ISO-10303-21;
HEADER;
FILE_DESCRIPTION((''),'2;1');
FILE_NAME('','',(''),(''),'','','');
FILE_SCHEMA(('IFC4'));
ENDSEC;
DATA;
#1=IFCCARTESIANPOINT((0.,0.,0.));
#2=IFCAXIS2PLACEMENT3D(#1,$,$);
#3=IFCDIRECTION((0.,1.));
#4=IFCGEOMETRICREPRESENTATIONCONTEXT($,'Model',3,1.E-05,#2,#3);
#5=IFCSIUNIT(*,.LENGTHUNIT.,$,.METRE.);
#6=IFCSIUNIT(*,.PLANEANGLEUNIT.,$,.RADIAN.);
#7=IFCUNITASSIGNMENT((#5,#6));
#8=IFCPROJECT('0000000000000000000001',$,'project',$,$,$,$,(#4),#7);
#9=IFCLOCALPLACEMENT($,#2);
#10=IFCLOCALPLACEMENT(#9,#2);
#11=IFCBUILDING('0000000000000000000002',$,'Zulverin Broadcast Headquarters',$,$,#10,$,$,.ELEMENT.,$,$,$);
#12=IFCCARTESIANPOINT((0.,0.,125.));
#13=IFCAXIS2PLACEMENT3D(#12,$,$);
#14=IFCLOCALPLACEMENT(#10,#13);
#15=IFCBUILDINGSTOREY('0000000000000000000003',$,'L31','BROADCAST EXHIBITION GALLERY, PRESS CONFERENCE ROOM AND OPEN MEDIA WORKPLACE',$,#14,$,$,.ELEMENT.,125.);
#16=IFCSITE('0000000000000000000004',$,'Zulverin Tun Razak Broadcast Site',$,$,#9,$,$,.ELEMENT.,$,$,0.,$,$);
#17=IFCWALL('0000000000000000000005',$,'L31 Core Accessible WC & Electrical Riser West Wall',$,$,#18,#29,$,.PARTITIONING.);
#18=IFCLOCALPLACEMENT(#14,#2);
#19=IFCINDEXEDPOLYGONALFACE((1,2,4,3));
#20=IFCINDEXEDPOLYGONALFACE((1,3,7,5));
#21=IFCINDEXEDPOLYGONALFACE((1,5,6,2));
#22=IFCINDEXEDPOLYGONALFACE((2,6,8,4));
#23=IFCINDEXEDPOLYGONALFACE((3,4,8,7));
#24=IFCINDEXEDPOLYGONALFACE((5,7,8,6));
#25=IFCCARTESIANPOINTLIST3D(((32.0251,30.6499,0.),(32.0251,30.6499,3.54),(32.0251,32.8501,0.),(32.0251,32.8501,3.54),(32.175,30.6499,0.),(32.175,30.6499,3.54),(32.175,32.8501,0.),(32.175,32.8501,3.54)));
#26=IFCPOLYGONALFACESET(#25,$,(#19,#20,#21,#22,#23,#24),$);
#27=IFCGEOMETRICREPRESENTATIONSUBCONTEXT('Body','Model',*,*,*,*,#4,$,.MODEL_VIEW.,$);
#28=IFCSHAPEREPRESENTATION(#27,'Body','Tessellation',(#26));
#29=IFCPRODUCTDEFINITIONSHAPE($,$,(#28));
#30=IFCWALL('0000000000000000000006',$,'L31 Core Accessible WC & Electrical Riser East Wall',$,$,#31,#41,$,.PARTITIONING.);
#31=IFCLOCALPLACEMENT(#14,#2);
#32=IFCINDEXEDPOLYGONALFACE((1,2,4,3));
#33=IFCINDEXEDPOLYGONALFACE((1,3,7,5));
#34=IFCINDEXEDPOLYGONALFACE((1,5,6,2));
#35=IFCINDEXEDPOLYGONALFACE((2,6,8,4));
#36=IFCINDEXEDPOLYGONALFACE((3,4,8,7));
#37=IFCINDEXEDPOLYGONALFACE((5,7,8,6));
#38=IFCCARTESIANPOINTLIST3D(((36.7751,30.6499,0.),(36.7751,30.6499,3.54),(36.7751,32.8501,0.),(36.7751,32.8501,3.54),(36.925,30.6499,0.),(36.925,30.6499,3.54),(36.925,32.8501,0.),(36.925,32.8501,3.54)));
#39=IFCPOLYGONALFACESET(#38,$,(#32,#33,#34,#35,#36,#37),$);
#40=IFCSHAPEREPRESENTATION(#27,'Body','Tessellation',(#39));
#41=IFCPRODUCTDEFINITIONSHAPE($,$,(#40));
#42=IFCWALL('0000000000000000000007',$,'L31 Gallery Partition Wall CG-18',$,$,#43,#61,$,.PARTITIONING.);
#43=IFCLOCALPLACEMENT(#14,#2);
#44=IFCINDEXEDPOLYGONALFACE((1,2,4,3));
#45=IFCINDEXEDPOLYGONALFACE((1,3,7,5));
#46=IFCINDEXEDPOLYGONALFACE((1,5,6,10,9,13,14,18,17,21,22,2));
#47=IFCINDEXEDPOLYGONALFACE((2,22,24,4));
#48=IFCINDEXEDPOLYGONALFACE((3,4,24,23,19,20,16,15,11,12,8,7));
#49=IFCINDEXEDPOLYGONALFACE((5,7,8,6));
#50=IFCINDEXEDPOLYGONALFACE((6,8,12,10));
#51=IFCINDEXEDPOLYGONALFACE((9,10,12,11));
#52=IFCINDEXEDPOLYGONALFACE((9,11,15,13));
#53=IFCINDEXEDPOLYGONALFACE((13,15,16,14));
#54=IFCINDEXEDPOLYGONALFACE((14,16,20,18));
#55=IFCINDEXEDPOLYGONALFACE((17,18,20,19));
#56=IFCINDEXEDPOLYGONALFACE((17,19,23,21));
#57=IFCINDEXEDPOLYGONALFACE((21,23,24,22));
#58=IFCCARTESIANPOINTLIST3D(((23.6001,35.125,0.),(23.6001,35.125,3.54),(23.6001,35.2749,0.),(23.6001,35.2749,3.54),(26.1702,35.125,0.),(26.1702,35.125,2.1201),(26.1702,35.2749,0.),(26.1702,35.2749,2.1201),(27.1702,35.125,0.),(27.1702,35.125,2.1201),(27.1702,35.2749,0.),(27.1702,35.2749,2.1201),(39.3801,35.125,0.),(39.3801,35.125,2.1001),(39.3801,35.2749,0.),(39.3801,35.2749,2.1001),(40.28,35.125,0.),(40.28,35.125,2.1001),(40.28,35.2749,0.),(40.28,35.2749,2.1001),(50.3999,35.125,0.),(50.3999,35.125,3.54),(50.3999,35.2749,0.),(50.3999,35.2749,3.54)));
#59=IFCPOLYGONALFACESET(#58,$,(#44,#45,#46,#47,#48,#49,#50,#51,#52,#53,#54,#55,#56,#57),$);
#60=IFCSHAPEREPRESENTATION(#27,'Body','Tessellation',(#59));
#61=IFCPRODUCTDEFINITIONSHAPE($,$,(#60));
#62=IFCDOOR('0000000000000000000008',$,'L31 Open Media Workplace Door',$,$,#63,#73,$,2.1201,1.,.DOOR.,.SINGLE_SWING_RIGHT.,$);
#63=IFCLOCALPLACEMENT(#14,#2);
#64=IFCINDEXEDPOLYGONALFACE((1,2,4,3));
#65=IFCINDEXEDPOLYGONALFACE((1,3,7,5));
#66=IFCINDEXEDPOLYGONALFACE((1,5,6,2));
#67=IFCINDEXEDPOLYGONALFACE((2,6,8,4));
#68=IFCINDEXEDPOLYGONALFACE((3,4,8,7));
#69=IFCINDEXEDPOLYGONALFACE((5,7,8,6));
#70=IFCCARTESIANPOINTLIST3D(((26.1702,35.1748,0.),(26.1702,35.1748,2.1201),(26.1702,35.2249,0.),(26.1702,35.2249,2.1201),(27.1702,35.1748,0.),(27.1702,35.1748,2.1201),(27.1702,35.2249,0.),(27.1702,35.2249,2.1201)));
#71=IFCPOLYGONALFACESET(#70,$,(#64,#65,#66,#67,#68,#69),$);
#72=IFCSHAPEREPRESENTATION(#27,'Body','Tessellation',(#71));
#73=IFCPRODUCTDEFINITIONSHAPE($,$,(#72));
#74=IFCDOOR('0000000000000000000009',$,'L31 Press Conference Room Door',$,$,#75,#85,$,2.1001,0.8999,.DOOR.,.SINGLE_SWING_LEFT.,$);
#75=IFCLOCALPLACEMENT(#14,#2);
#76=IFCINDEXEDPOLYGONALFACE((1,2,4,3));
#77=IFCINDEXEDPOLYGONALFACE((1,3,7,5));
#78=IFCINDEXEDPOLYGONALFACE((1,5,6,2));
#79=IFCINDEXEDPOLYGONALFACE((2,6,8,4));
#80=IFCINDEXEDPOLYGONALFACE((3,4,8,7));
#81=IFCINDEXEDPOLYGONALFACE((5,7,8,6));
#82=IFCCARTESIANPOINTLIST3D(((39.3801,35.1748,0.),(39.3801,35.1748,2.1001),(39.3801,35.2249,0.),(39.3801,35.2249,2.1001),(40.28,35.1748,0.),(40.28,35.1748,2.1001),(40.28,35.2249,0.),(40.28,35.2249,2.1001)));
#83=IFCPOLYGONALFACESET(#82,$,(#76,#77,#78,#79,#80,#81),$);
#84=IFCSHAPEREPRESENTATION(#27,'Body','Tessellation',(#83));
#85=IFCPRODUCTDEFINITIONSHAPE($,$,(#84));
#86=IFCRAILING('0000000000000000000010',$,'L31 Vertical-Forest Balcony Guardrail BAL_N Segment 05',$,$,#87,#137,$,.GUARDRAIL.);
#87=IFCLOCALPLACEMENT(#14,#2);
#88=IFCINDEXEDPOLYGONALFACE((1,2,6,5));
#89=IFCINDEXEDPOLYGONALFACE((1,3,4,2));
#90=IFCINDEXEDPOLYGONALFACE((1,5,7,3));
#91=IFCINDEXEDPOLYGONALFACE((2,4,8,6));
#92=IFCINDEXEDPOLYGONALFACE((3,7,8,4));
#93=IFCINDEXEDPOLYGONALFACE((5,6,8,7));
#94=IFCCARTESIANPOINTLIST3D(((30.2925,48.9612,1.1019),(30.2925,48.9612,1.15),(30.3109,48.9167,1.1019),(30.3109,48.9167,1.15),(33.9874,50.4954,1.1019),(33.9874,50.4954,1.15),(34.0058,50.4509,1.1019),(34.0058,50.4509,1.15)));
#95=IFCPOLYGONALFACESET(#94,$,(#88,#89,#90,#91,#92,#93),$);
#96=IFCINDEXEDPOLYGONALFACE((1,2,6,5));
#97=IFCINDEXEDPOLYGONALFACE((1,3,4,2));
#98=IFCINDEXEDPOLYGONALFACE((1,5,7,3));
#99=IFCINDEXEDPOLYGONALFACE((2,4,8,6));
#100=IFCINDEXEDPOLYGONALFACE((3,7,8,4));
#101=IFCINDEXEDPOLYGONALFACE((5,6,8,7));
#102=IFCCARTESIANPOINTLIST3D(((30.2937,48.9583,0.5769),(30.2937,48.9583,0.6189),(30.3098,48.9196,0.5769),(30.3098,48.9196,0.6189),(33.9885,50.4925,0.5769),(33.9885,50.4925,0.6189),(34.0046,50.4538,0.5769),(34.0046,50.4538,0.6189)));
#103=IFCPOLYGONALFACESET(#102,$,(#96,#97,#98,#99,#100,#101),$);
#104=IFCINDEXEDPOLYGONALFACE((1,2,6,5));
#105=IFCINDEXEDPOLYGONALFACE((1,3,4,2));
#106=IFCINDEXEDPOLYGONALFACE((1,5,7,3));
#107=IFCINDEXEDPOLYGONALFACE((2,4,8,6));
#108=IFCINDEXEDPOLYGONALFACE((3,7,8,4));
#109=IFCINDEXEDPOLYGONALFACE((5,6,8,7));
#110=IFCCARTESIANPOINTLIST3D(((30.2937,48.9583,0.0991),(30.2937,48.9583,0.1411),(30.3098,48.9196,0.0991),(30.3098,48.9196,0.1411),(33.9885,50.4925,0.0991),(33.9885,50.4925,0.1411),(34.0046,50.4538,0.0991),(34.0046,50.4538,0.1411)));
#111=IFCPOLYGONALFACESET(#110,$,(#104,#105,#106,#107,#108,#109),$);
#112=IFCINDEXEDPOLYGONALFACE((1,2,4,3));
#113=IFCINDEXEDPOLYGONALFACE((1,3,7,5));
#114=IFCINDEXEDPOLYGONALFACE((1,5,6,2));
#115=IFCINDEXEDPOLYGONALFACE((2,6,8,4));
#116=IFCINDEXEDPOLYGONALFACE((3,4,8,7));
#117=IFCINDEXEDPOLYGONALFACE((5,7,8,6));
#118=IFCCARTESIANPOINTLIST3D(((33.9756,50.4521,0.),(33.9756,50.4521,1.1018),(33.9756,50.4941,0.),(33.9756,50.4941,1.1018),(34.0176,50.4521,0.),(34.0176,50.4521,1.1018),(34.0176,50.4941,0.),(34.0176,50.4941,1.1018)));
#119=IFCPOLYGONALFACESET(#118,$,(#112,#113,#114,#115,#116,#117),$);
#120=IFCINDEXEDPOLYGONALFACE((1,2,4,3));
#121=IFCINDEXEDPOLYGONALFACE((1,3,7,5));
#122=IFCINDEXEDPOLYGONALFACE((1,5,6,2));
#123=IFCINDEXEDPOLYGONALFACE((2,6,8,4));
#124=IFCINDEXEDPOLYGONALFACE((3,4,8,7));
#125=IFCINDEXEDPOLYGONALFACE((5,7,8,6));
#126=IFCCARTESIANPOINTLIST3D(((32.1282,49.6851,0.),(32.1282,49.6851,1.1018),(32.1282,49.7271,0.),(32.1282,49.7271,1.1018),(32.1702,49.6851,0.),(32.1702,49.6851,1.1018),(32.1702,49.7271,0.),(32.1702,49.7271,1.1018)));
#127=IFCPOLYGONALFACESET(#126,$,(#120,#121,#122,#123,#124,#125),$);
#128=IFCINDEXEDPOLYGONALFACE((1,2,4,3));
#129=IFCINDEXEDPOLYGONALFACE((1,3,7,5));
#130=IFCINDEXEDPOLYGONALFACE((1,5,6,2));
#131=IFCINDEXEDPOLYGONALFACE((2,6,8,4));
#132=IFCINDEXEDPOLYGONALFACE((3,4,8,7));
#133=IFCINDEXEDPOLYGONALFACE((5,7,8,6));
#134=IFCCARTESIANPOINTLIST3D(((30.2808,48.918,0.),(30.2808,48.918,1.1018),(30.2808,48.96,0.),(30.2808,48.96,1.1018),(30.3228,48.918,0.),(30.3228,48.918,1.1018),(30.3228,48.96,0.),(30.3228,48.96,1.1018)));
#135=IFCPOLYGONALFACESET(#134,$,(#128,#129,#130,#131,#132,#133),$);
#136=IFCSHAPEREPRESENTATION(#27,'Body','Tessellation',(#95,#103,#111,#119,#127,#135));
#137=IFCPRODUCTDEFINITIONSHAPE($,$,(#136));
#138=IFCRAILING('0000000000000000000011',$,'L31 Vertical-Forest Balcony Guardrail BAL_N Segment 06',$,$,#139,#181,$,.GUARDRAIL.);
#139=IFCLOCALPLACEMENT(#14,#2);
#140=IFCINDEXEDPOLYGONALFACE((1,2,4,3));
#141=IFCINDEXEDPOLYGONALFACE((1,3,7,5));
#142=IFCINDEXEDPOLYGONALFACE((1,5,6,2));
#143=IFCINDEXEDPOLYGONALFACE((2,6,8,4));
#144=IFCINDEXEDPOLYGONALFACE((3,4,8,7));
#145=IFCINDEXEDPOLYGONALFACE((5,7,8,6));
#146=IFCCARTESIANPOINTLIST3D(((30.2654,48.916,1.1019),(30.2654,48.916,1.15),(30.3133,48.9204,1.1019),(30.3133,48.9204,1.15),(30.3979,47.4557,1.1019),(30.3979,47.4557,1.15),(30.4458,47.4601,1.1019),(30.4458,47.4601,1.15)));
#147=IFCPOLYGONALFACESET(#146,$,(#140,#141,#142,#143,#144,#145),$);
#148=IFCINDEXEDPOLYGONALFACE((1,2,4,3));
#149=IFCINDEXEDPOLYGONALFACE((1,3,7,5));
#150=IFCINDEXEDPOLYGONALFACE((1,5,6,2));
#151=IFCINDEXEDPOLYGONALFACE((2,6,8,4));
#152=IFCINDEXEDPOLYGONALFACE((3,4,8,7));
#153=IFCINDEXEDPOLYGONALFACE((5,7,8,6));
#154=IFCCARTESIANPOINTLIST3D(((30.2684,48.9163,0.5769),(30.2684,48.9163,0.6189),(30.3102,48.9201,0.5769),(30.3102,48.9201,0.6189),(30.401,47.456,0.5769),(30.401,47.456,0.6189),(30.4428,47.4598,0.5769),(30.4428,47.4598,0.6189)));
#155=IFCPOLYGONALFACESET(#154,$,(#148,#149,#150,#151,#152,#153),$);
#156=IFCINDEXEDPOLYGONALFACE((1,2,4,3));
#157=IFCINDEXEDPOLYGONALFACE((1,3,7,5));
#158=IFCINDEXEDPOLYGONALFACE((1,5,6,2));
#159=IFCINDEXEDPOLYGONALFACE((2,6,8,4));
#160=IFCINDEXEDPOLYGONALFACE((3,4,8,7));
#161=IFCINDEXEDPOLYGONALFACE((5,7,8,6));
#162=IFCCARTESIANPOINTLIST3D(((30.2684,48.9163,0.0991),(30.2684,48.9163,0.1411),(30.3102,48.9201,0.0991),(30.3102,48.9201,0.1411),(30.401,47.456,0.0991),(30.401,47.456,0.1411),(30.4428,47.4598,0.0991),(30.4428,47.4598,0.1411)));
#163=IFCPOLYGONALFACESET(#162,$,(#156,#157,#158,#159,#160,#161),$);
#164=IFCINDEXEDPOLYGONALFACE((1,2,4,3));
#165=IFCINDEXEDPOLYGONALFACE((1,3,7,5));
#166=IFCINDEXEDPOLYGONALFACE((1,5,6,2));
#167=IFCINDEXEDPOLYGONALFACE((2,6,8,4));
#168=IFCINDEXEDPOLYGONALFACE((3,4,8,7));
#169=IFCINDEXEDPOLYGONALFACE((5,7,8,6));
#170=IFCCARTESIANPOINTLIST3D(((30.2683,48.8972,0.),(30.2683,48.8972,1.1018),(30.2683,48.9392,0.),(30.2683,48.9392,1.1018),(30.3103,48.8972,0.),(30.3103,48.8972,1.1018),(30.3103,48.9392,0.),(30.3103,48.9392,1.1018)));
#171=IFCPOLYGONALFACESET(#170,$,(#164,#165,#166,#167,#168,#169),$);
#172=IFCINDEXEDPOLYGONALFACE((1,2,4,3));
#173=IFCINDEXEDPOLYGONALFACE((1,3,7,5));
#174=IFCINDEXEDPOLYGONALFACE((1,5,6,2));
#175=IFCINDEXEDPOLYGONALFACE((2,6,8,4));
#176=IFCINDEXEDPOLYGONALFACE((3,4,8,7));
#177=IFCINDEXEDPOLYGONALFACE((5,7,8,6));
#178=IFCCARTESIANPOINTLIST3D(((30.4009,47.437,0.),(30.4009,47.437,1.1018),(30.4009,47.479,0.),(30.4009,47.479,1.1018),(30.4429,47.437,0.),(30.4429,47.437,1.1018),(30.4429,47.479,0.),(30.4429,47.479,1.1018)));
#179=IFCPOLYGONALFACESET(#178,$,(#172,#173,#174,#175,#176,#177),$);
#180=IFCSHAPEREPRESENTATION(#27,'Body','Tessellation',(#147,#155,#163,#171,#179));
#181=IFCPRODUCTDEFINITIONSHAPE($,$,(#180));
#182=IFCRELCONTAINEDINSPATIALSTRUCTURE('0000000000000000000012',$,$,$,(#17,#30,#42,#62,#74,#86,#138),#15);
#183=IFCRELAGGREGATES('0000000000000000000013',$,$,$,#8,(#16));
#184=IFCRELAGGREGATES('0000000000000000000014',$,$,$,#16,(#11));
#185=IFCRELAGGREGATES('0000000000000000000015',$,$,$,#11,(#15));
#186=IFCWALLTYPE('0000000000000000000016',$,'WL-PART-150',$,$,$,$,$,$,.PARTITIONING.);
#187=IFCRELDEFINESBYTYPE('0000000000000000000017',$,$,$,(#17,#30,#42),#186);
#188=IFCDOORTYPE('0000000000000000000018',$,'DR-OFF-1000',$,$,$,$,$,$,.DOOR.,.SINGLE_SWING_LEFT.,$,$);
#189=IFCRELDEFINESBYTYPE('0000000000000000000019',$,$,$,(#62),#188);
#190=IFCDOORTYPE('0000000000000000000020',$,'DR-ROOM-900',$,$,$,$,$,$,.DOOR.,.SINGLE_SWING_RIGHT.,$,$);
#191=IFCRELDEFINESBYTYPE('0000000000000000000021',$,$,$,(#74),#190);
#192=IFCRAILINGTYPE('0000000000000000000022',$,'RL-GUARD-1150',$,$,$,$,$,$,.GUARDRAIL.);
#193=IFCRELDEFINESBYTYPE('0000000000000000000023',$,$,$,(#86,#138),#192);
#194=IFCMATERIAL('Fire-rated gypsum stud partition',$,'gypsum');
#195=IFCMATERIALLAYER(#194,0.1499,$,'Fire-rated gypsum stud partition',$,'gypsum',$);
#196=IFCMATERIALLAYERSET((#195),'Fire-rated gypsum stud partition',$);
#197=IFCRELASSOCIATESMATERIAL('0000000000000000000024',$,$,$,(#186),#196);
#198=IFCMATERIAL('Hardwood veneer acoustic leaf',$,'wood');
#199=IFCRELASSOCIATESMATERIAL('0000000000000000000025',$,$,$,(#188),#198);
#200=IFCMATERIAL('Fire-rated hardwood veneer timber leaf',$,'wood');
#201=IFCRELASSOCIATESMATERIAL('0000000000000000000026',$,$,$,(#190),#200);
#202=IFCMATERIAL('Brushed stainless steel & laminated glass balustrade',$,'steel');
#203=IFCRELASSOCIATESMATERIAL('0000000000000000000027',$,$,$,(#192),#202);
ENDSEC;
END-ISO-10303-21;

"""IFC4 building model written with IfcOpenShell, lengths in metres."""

from ifc_helpers import new_model, si_unit, direction, frame, frame_2d, origin, origin_2d, place, context, subcontext, project, spatial, rectangle, extrude, material, layer, layer_set, type_object, element, fill, save


model = new_model("IFC4")

# Units and contexts
model_context = context("Model", 3, precision=1e-05, world=origin(), true_north=direction((0.0, 1.0)))
body_context = subcontext(model_context, "Body", "Model", "MODEL_VIEW")
ifc_project = project(units=[si_unit("LENGTHUNIT", "METRE"), si_unit("PLANEANGLEUNIT", "RADIAN")], contexts=[model_context])

# Site, building, storey
site_placement = place(None, origin())
site = spatial("IfcSite", under=ifc_project, at=site_placement, Name="Zulverin Tun Razak Broadcast Site", CompositionType="ELEMENT", RefElevation=0.0)
building_placement = place(site_placement, origin())
building = spatial("IfcBuilding", under=site, at=building_placement, Name="Zulverin Broadcast Headquarters", CompositionType="ELEMENT")
storey_placement = place(building_placement, frame((0.0, 0.0, 125.0)))
storey = spatial("IfcBuildingStorey", under=building, at=storey_placement, Name="L31", Description="BROADCAST EXHIBITION GALLERY, PRESS CONFERENCE ROOM AND OPEN MEDIA WORKPLACE", CompositionType="ELEMENT", Elevation=125.0)

# Walls
ifc_material_1 = material(Name="Fire-rated gypsum stud partition", Category="gypsum")
ifc_layer_1 = layer(ifc_material_1, 0.1499, Name="Fire-rated gypsum stud partition", Category="gypsum")
ifc_layer_set_1 = layer_set([ifc_layer_1], Name="Fire-rated gypsum stud partition")
wall_type_1 = type_object("IfcWallType", Name="WL-PART-150", PredefinedType="PARTITIONING", material=ifc_layer_set_1)
for number, where, z_axis, x_axis, name in (
    (1, (32.1001, 30.6499, 0.0), (0.0, 0.0, 1.0), (0.0, 1.0, 0.0), "L31 Core Accessible WC & Electrical Riser West Wall"),
    (2, (36.8501, 30.6499, 0.0), (0.0, 0.0, 1.0), (0.0, 1.0, 0.0), "L31 Core Accessible WC & Electrical Riser East Wall"),
):
    element("IfcWall", number, at=place(storey_placement, frame(where, z_axis=z_axis, x_axis=x_axis)), inside=storey, type_object=wall_type_1, Name=name, PredefinedType="PARTITIONING", context=body_context, shape_type="SweptSolid", body=[
        extrude(rectangle(XDim=2.2002, YDim=0.1499, at=frame_2d((1.1001, 0.0))), origin(), (0.0, 0.0, 1.0), 3.54),
    ])

# Wall, openings, doors
wall_1_placement = place(storey_placement, frame((23.6001, 35.2, 0.0), z_axis=(0.0, 0.0, 1.0), x_axis=(1.0, 0.0, 0.0)))
wall_1 = element("IfcWall", 3, at=wall_1_placement, inside=storey, type_object=wall_type_1, Name="L31 Gallery Partition Wall CG-18", PredefinedType="PARTITIONING", context=body_context, shape_type="SweptSolid", body=[
    extrude(rectangle(XDim=26.7998, YDim=0.1499, at=frame_2d((13.3999, 0.0))), origin(), (0.0, 0.0, 1.0), 3.54),
])
opening_1_placement = place(wall_1_placement, frame((2.5701, 0.0, 0.0)))
opening_1 = element("IfcOpeningElement", 4, at=opening_1_placement, cuts=wall_1, PredefinedType="OPENING", context=body_context, shape_type="SweptSolid", body=[
    extrude(rectangle(XDim=1.0, YDim=2.1201, at=frame_2d((0.5, 1.0601))), frame((0.0, 0.085, 0.0), z_axis=(0.0, -1.0, 0.0), x_axis=(1.0, 0.0, 0.0)), (0.0, 0.0, 1.0), 0.1699),
])
opening_2_placement = place(wall_1_placement, frame((15.78, 0.0, 0.0)))
opening_2 = element("IfcOpeningElement", 5, at=opening_2_placement, cuts=wall_1, PredefinedType="OPENING", context=body_context, shape_type="SweptSolid", body=[
    extrude(rectangle(XDim=0.8999, YDim=2.1001, at=frame_2d((0.45, 1.05))), frame((0.0, 0.085, 0.0), z_axis=(0.0, -1.0, 0.0), x_axis=(1.0, 0.0, 0.0)), (0.0, 0.0, 1.0), 0.1699),
])
ifc_material_2 = material(Name="Hardwood veneer acoustic leaf", Category="wood")
door_type_1 = type_object("IfcDoorType", Name="DR-OFF-1000", OperationType="SINGLE_SWING_LEFT", PredefinedType="DOOR", material=ifc_material_2)
door_1_placement = place(opening_1_placement, origin())
door_1 = element("IfcDoor", 6, at=door_1_placement, inside=storey, type_object=door_type_1, Name="L31 Open Media Workplace Door", OperationType="SINGLE_SWING_RIGHT", OverallHeight=2.1201, OverallWidth=1.0, PredefinedType="DOOR", context=body_context, shape_type="SweptSolid", body=[
    extrude(rectangle(XDim=1.0, YDim=2.1201, at=frame_2d((0.5, 1.0601))), frame((0.0, 0.0249, 0.0), z_axis=(0.0, -1.0, 0.0), x_axis=(1.0, 0.0, 0.0)), (0.0, 0.0, 1.0), 0.05),
])
fill(opening_1, door_1)
ifc_material_3 = material(Name="Fire-rated hardwood veneer timber leaf", Category="wood")
door_type_2 = type_object("IfcDoorType", Name="DR-ROOM-900", OperationType="SINGLE_SWING_RIGHT", PredefinedType="DOOR", material=ifc_material_3)
door_2_placement = place(opening_2_placement, origin())
door_2 = element("IfcDoor", 7, at=door_2_placement, inside=storey, type_object=door_type_2, Name="L31 Press Conference Room Door", OperationType="SINGLE_SWING_LEFT", OverallHeight=2.1001, OverallWidth=0.8999, PredefinedType="DOOR", context=body_context, shape_type="SweptSolid", body=[
    extrude(rectangle(XDim=0.8999, YDim=2.1001, at=frame_2d((0.45, 1.05))), frame((0.0, 0.0249, 0.0), z_axis=(0.0, -1.0, 0.0), x_axis=(1.0, 0.0, 0.0)), (0.0, 0.0, 1.0), 0.05),
])
fill(opening_2, door_2)

# Railings
ifc_material_4 = material(Name="Brushed stainless steel & laminated glass balustrade", Category="steel")
railing_type = type_object("IfcRailingType", Name="RL-GUARD-1150", PredefinedType="GUARDRAIL", material=ifc_material_4)
railing_1_placement = place(storey_placement, frame((33.9966, 50.4731, 0.0)))
element("IfcRailing", 8, at=railing_1_placement, inside=storey, type_object=railing_type, Name="L31 Vertical-Forest Balcony Guardrail BAL_N Segment 05", PredefinedType="GUARDRAIL", context=body_context, shape_type="SweptSolid", body=[
    extrude(rectangle(XDim=0.0481, YDim=0.0481, at=origin_2d()), frame((0.0, 0.0, 1.126), z_axis=(-0.923549, -0.38348, 0.0), x_axis=(0.38348, -0.923549, 0.0)), (0.0, 0.0, 1.0), 4.0007),
    extrude(rectangle(XDim=0.042, YDim=0.042, at=origin_2d()), frame((0.0, 0.0, 0.5979), z_axis=(-0.923549, -0.38348, 0.0), x_axis=(0.38348, -0.923549, 0.0)), (0.0, 0.0, 1.0), 4.0007),
    extrude(rectangle(XDim=0.042, YDim=0.042, at=origin_2d()), frame((0.0, 0.0, 0.1201), z_axis=(-0.923549, -0.38348, 0.0), x_axis=(0.38348, -0.923549, 0.0)), (0.0, 0.0, 1.0), 4.0007),
    extrude(rectangle(XDim=0.042, YDim=0.042, at=origin_2d()), origin(), (0.0, 0.0, 1.0), 1.1018),
    extrude(rectangle(XDim=0.042, YDim=0.042, at=origin_2d()), frame((-1.8474, -0.7671, 0.0)), (0.0, 0.0, 1.0), 1.1018),
    extrude(rectangle(XDim=0.042, YDim=0.042, at=origin_2d()), frame((-3.6948, -1.5342, 0.0)), (0.0, 0.0, 1.0), 1.1018),
])
railing_2_placement = place(storey_placement, frame((30.2893, 48.9182, 0.0)))
element("IfcRailing", 9, at=railing_2_placement, inside=storey, type_object=railing_type, Name="L31 Vertical-Forest Balcony Guardrail BAL_N Segment 06", PredefinedType="GUARDRAIL", context=body_context, shape_type="SweptSolid", body=[
    extrude(rectangle(XDim=0.0481, YDim=0.0481, at=origin_2d()), frame((0.0, 0.0, 1.126), z_axis=(0.090416, -0.995904, 0.0), x_axis=(0.995904, 0.090416, 0.0)), (0.0, 0.0, 1.0), 1.4663),
    extrude(rectangle(XDim=0.042, YDim=0.042, at=origin_2d()), frame((0.0, 0.0, 0.5979), z_axis=(0.090416, -0.995904, 0.0), x_axis=(0.995904, 0.090416, 0.0)), (0.0, 0.0, 1.0), 1.4663),
    extrude(rectangle(XDim=0.042, YDim=0.042, at=origin_2d()), frame((0.0, 0.0, 0.1201), z_axis=(0.090416, -0.995904, 0.0), x_axis=(0.995904, 0.090416, 0.0)), (0.0, 0.0, 1.0), 1.4663),
    extrude(rectangle(XDim=0.042, YDim=0.042, at=origin_2d()), origin(), (0.0, 0.0, 1.0), 1.1018),
    extrude(rectangle(XDim=0.042, YDim=0.042, at=origin_2d()), frame((0.1326, -1.4602, 0.0)), (0.0, 0.0, 1.0), 1.1018),
])

save(model, "model.ifc")
